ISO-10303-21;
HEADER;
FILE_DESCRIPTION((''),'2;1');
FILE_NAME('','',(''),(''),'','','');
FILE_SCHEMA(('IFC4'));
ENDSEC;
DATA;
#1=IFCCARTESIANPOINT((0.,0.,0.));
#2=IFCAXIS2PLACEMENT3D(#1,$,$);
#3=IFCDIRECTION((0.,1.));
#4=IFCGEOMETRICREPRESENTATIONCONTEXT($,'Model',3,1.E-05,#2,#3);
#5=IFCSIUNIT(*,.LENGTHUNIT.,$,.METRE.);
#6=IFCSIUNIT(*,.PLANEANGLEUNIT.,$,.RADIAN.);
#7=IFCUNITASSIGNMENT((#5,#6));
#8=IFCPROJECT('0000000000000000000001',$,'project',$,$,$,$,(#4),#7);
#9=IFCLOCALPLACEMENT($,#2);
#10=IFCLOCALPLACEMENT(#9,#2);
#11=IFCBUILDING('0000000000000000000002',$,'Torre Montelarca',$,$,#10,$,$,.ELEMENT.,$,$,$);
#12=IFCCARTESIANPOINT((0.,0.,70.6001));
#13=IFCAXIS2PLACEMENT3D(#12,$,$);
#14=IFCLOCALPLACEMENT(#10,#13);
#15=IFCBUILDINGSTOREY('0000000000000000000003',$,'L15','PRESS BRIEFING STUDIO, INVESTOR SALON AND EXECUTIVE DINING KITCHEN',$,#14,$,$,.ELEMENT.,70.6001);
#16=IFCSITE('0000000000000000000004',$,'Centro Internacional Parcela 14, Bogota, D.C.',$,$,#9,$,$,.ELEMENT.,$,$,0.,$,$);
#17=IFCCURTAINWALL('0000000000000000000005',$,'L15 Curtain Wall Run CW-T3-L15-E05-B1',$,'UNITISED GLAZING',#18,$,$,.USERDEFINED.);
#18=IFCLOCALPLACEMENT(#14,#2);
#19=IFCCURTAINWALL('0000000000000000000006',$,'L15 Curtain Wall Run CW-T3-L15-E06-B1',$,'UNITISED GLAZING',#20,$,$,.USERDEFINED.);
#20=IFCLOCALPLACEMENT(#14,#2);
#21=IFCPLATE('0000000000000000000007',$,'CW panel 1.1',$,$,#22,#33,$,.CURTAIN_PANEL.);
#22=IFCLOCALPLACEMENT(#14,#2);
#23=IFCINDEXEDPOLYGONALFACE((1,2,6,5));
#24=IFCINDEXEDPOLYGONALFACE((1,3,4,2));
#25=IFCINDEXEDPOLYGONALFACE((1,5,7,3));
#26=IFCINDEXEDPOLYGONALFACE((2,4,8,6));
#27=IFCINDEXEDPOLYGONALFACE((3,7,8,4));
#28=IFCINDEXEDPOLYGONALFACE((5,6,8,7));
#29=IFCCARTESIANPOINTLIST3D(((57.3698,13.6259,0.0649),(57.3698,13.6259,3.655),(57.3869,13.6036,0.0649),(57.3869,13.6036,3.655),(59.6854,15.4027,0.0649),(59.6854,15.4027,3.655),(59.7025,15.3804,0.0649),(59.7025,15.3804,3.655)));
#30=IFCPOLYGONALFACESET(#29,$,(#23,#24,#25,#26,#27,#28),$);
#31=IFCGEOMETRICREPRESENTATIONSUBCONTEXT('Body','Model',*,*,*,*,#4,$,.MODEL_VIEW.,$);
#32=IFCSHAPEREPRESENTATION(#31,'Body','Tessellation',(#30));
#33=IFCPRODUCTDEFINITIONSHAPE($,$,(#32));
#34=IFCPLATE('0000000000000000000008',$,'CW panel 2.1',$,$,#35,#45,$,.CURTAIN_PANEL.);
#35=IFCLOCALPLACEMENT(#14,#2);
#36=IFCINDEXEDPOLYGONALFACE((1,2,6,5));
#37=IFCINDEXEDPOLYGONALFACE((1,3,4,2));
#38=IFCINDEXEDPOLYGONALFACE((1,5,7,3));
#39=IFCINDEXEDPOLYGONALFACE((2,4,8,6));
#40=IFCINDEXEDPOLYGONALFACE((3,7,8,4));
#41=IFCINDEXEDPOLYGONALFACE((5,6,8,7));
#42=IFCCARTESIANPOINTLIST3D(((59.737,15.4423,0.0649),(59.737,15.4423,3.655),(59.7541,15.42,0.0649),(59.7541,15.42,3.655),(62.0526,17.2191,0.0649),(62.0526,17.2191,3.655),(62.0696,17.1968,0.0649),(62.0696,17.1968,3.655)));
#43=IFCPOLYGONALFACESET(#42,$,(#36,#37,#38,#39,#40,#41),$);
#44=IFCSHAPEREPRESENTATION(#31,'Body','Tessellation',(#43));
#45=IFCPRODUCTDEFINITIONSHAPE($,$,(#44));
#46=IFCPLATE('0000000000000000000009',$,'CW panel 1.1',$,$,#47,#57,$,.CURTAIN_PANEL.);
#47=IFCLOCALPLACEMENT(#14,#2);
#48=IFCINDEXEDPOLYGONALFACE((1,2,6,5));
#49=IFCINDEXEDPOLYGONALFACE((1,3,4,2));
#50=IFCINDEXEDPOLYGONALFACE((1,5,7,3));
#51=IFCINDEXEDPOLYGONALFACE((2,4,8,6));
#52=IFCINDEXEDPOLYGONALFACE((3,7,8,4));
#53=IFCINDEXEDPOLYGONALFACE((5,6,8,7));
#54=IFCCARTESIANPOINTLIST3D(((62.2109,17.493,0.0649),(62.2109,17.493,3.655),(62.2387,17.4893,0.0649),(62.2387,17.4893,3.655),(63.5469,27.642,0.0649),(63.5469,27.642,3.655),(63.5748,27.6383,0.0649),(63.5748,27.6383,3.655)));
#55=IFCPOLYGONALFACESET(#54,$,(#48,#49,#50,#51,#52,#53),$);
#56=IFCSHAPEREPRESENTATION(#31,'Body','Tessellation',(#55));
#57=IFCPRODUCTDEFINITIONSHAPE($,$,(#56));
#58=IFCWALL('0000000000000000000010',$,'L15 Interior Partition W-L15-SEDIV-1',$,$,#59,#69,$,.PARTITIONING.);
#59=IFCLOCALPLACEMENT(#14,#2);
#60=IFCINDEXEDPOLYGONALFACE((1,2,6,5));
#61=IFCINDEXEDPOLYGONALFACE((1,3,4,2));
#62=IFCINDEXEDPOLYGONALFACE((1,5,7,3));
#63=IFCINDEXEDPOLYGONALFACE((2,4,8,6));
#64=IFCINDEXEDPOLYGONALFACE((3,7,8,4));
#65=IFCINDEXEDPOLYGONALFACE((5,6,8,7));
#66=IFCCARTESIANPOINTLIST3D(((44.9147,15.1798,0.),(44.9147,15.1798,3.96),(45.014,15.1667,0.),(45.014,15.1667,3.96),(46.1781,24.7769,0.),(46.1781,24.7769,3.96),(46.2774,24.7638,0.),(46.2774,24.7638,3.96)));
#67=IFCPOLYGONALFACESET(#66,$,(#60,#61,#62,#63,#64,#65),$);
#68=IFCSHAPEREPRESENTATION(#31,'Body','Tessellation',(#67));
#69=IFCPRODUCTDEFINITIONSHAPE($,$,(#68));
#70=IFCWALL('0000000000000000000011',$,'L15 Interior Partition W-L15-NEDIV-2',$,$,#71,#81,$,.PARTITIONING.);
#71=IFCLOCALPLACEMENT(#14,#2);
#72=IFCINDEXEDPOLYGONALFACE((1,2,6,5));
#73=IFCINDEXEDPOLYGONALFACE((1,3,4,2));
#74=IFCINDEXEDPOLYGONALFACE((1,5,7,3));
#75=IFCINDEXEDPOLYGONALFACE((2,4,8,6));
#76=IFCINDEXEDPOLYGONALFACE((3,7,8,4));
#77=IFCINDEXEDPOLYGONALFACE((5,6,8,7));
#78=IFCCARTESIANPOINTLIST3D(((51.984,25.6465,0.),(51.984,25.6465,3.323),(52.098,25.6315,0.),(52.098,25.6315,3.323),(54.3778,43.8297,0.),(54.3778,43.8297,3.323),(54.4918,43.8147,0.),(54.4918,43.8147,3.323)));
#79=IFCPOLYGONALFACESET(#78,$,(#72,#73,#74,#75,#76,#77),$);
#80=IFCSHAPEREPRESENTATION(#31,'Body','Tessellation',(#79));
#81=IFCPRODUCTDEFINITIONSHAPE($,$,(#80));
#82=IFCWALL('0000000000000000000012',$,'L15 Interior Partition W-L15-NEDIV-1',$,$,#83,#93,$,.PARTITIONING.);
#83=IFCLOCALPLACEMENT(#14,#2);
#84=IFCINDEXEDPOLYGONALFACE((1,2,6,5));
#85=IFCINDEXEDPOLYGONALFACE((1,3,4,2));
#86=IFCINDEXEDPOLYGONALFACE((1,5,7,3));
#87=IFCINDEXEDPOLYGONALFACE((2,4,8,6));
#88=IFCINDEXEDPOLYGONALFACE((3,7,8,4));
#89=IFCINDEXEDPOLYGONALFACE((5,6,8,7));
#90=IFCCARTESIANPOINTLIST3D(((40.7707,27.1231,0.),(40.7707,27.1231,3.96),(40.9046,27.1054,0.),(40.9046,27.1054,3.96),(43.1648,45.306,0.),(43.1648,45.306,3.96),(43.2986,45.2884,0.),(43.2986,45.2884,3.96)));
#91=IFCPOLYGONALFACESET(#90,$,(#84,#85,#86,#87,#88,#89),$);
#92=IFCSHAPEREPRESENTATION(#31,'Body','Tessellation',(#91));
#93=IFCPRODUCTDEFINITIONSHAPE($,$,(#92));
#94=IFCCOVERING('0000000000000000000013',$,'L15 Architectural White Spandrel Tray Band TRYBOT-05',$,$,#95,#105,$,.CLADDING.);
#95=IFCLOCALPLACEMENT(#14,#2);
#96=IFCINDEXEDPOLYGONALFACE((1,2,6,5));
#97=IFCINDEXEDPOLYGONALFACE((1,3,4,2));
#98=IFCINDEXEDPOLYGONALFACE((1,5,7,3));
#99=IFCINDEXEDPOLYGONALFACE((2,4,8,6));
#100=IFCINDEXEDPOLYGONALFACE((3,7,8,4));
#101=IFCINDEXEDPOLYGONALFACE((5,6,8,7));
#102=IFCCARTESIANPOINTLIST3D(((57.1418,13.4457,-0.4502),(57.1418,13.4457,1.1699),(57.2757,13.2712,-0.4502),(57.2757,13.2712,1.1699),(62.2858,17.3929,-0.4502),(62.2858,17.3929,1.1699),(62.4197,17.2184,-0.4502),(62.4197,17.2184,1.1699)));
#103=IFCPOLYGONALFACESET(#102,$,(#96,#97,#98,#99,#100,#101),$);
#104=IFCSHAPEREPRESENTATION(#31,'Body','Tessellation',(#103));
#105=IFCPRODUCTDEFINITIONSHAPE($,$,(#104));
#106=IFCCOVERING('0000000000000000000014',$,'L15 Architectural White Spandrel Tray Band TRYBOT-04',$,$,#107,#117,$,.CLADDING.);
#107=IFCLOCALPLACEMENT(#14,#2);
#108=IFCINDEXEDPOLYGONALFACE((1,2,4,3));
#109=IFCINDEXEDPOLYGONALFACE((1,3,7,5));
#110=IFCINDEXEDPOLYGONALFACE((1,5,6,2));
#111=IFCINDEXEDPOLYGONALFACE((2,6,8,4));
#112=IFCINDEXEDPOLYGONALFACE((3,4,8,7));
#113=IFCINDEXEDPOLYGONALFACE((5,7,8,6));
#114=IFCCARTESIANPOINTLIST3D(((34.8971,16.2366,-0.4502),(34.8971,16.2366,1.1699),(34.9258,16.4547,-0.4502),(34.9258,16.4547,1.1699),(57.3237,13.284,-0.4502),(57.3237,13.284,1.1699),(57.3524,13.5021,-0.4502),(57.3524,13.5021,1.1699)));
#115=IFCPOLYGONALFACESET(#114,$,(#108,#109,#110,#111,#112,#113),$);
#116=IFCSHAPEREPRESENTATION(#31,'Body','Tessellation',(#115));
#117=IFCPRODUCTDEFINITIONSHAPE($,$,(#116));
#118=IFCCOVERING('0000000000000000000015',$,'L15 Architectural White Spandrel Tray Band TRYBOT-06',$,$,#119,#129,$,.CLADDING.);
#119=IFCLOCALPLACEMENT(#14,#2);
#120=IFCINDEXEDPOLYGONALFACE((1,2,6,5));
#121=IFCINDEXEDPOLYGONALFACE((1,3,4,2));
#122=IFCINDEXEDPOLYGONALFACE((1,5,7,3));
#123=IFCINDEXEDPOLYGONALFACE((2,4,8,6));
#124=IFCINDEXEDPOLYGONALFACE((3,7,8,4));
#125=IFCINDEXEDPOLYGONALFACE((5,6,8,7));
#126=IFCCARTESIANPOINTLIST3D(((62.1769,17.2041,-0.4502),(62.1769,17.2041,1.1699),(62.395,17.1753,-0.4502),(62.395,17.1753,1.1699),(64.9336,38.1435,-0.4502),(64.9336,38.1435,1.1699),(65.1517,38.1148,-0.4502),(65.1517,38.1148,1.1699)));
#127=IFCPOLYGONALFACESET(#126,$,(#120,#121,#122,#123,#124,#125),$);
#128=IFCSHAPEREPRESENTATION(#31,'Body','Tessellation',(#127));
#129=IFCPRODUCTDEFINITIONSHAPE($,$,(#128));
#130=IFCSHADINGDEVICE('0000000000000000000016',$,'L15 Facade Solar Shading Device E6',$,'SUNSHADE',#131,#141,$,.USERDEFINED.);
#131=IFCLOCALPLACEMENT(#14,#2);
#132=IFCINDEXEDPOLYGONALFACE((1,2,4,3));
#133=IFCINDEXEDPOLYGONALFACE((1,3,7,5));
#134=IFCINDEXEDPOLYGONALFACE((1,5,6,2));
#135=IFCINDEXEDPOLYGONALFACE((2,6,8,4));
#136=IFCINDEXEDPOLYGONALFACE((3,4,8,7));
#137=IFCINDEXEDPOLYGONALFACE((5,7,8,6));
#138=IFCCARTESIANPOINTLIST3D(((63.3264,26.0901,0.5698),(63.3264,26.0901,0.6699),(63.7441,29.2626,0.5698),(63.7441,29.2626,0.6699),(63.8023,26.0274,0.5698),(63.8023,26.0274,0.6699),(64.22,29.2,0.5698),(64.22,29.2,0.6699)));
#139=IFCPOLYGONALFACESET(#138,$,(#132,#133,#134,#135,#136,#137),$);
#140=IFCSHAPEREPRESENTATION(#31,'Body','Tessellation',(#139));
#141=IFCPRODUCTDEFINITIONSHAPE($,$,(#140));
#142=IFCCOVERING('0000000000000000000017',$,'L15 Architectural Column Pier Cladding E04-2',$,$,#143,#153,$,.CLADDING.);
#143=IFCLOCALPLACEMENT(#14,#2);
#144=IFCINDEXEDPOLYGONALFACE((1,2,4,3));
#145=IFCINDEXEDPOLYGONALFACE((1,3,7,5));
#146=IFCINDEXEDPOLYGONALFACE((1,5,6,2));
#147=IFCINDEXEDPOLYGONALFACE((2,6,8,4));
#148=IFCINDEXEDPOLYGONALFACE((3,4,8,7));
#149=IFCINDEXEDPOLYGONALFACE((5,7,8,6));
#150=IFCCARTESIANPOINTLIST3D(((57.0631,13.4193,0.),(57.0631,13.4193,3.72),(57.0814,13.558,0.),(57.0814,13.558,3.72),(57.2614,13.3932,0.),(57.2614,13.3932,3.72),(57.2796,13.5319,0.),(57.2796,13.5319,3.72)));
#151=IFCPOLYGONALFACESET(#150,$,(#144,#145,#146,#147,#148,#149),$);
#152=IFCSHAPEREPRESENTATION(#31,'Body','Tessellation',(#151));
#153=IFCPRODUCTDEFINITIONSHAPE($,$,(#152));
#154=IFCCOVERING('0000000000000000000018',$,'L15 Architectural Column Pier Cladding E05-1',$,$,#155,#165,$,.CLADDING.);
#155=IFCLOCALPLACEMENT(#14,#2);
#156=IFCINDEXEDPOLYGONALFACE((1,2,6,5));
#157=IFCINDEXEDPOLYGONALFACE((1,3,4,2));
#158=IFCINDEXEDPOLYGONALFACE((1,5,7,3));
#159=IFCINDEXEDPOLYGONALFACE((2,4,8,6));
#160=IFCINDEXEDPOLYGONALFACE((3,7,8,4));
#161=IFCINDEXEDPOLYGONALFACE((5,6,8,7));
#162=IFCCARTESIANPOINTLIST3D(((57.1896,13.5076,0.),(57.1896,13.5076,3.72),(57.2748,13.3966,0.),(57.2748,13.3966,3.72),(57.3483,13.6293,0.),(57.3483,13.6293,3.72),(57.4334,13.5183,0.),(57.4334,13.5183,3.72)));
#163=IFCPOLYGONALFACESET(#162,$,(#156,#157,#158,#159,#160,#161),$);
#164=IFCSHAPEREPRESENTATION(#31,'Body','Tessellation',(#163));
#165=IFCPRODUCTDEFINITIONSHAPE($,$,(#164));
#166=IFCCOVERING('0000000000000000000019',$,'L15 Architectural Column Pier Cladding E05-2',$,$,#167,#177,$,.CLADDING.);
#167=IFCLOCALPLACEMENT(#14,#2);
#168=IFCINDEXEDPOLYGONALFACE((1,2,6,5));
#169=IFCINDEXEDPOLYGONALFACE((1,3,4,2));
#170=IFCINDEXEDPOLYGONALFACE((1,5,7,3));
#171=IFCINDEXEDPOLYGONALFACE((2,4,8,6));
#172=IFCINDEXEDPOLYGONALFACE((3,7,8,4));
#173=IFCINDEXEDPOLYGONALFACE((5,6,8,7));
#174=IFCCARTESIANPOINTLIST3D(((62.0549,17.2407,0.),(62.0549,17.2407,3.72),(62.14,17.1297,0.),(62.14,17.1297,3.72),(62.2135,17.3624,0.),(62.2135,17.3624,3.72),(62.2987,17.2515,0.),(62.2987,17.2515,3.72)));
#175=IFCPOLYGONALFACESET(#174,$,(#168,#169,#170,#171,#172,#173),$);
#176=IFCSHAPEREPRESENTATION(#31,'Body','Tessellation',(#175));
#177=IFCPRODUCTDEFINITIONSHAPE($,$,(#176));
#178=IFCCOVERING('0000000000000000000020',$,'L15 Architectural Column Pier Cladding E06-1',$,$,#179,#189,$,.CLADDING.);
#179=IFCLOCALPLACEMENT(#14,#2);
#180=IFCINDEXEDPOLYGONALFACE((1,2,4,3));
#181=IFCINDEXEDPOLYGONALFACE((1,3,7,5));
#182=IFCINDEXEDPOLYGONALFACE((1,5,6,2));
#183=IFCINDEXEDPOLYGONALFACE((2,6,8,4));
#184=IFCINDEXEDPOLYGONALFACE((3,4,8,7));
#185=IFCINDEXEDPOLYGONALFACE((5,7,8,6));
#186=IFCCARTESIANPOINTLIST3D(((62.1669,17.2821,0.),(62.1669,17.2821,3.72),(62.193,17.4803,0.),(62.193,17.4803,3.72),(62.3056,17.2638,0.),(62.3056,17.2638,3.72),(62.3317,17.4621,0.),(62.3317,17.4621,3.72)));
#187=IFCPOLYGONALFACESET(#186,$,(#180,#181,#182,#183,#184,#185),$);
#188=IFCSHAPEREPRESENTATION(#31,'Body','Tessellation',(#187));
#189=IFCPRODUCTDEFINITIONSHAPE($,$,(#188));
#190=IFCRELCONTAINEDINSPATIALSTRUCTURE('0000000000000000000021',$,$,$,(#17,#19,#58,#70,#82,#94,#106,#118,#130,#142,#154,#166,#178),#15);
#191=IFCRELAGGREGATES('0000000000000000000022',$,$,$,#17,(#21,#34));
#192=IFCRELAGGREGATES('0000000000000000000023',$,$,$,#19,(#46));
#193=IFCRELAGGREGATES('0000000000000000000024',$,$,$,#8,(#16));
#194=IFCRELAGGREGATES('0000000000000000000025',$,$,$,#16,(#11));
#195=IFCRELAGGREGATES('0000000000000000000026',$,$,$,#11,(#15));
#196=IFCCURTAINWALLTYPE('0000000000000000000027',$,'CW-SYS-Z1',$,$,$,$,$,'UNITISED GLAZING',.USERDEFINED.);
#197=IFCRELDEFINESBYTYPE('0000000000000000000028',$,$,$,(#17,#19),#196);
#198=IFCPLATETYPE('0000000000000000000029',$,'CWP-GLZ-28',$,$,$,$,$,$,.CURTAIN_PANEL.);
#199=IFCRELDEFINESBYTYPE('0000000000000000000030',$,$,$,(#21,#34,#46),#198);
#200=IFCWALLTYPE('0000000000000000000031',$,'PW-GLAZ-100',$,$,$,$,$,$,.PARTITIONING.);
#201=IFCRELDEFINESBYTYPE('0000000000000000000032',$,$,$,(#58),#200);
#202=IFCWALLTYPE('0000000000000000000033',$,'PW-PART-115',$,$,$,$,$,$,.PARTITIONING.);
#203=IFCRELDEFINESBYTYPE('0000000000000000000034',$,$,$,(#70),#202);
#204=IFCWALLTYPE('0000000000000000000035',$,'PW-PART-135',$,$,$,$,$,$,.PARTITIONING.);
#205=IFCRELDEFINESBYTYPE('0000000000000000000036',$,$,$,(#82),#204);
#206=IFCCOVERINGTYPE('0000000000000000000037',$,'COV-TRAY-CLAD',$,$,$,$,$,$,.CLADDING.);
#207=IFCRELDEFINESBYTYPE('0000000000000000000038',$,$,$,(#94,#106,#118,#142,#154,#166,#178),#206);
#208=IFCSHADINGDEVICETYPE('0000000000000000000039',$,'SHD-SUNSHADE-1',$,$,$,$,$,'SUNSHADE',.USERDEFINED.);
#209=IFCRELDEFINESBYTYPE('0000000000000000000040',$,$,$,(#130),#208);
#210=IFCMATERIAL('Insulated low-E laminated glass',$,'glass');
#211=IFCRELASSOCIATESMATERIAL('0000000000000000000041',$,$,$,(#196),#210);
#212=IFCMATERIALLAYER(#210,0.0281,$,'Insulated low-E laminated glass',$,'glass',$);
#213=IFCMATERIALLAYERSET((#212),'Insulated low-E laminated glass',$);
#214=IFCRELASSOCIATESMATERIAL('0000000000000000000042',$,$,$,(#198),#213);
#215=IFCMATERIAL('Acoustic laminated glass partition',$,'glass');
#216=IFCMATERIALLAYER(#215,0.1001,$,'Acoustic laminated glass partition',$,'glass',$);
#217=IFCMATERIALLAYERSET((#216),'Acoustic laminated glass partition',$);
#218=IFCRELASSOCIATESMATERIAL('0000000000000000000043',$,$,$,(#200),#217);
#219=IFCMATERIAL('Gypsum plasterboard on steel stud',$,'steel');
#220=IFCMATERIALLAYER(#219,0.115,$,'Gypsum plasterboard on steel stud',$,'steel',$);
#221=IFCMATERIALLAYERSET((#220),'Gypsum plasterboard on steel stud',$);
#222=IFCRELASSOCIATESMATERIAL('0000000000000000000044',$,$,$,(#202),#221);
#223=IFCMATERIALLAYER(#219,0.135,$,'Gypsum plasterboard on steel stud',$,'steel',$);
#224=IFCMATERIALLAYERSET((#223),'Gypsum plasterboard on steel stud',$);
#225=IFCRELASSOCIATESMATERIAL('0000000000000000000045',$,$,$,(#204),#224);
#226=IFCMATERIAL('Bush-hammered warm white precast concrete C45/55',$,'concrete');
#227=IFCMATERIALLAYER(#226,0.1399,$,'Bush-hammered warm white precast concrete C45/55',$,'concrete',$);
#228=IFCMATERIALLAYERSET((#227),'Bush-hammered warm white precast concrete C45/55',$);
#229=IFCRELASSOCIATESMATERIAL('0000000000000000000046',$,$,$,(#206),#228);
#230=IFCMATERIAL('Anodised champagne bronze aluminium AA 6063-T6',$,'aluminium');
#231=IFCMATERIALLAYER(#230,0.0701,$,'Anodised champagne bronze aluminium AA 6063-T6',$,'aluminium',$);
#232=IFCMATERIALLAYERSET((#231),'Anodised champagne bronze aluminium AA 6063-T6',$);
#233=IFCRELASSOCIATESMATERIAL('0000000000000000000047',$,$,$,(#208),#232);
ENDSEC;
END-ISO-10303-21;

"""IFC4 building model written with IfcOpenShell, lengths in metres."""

from ifc_helpers import new_model, si_unit, direction, frame, frame_2d, origin, origin_2d, place, context, subcontext, project, spatial, rectangle, extrude, source, transform, mapped, material, layer, layer_set, type_object, element, aggregate, save


model = new_model("IFC4")

# Units and contexts
model_context = context("Model", 3, precision=1e-05, world=origin(), true_north=direction((0.0, 1.0)))
body_context = subcontext(model_context, "Body", "Model", "MODEL_VIEW")
ifc_project = project(units=[si_unit("LENGTHUNIT", "METRE"), si_unit("PLANEANGLEUNIT", "RADIAN")], contexts=[model_context])

# Site, building, storey
site_placement = place(None, origin())
site = spatial("IfcSite", under=ifc_project, at=site_placement, Name="Centro Internacional Parcela 14, Bogota, D.C.", CompositionType="ELEMENT", RefElevation=0.0)
building_placement = place(site_placement, origin())
building = spatial("IfcBuilding", under=site, at=building_placement, Name="Torre Montelarca", CompositionType="ELEMENT")
storey_placement = place(building_placement, frame((0.0, 0.0, 70.6001)))
storey = spatial("IfcBuildingStorey", under=building, at=storey_placement, Name="L15", Description="PRESS BRIEFING STUDIO, INVESTOR SALON AND EXECUTIVE DINING KITCHEN", CompositionType="ELEMENT", Elevation=70.6001)

# Curtain walls
ifc_material_1 = material(Name="Insulated low-E laminated glass", Category="glass")
curtain_wall_type = type_object("IfcCurtainWallType", Name="CW-SYS-Z1", ElementType="UNITISED GLAZING", PredefinedType="USERDEFINED", material=ifc_material_1)
curtain_wall_1_placement = place(storey_placement, origin())
curtain_wall_1 = element("IfcCurtainWall", 1, at=curtain_wall_1_placement, inside=storey, type_object=curtain_wall_type, Name="L15 Curtain Wall Run CW-T3-L15-E05-B1", ObjectType="UNITISED GLAZING", PredefinedType="USERDEFINED")
curtain_wall_2_placement = place(storey_placement, origin())
curtain_wall_2 = element("IfcCurtainWall", 2, at=curtain_wall_2_placement, inside=storey, type_object=curtain_wall_type, Name="L15 Curtain Wall Run CW-T3-L15-E06-B1", ObjectType="UNITISED GLAZING", PredefinedType="USERDEFINED")

# Plates
ifc_layer_1 = layer(ifc_material_1, 0.0281, Name="Insulated low-E laminated glass", Category="glass")
ifc_layer_set_1 = layer_set([ifc_layer_1], Name="Insulated low-E laminated glass")
plate_type_1 = type_object("IfcPlateType", Name="CWP-GLZ-28", PredefinedType="CURTAIN_PANEL", material=ifc_layer_set_1)
shared_shape_1 = source(origin(), body_context, "Body", "SweptSolid", [
    extrude(rectangle(XDim=2.9187, YDim=0.0281, at=origin_2d()), origin(), (0.0, 0.0, 1.0), 3.5901),
])
plate_1_placement = place(storey_placement, frame((58.5361, 14.5032, 0.0649), z_axis=(0.0, 0.0, 1.0), x_axis=(0.793351, 0.608764, 0.0)))
plate_1 = element("IfcPlate", 3, at=plate_1_placement, type_object=plate_type_1, Name="CW panel 1.1", PredefinedType="CURTAIN_PANEL", context=body_context, shape_type="MappedRepresentation", body=[
    mapped(shared_shape_1, transform((0.0, 0.0, 0.0), scale=1.0)),
])
plate_2_placement = place(storey_placement, frame((60.9033, 16.3196, 0.0649), z_axis=(0.0, 0.0, 1.0), x_axis=(0.793351, 0.608764, 0.0)))
plate_2 = element("IfcPlate", 4, at=plate_2_placement, type_object=plate_type_1, Name="CW panel 2.1", PredefinedType="CURTAIN_PANEL", context=body_context, shape_type="MappedRepresentation", body=[
    mapped(shared_shape_1, transform((0.0, 0.0, 0.0), scale=1.0)),
])
aggregate(curtain_wall_1, [plate_1, plate_2])
shared_shape_2 = source(origin(), body_context, "Body", "SweptSolid", [
    extrude(rectangle(XDim=10.2366, YDim=0.0281, at=origin_2d()), origin(), (0.0, 0.0, 1.0), 3.5901),
])
plate_3_placement = place(storey_placement, frame((62.8928, 22.5657, 0.0649), z_axis=(0.0, 0.0, 1.0), x_axis=(0.130519, 0.991446, 0.0)))
plate_3 = element("IfcPlate", 5, at=plate_3_placement, type_object=plate_type_1, Name="CW panel 1.1", PredefinedType="CURTAIN_PANEL", context=body_context, shape_type="MappedRepresentation", body=[
    mapped(shared_shape_2, transform((0.0, 0.0, 0.0), scale=1.0)),
])
aggregate(curtain_wall_2, [plate_3])

# Walls
ifc_material_2 = material(Name="Acoustic laminated glass partition", Category="glass")
ifc_layer_2 = layer(ifc_material_2, 0.1001, Name="Acoustic laminated glass partition", Category="glass")
ifc_layer_set_2 = layer_set([ifc_layer_2], Name="Acoustic laminated glass partition")
wall_type_1 = type_object("IfcWallType", Name="PW-GLAZ-100", PredefinedType="PARTITIONING", material=ifc_layer_set_2)
wall_1_placement = place(storey_placement, frame((44.9644, 15.1733, 0.0), z_axis=(0.0, 0.0, 1.0), x_axis=(0.13052, 0.991446, 0.0)))
element("IfcWall", 6, at=wall_1_placement, inside=storey, type_object=wall_type_1, Name="L15 Interior Partition W-L15-SEDIV-1", PredefinedType="PARTITIONING", context=body_context, shape_type="SweptSolid", body=[
    extrude(rectangle(XDim=9.6799, YDim=0.1001, at=frame_2d((4.8398, 0.0))), origin(), (0.0, 0.0, 1.0), 3.96),
])
ifc_material_3 = material(Name="Gypsum plasterboard on steel stud", Category="steel")
ifc_layer_3 = layer(ifc_material_3, 0.115, Name="Gypsum plasterboard on steel stud", Category="steel")
ifc_layer_set_3 = layer_set([ifc_layer_3], Name="Gypsum plasterboard on steel stud")
wall_type_2 = type_object("IfcWallType", Name="PW-PART-115", PredefinedType="PARTITIONING", material=ifc_layer_set_3)
wall_2_placement = place(storey_placement, frame((52.041, 25.6392, 0.0), z_axis=(0.0, 0.0, 1.0), x_axis=(0.130523, 0.991445, 0.0)))
element("IfcWall", 7, at=wall_2_placement, inside=storey, type_object=wall_type_2, Name="L15 Interior Partition W-L15-NEDIV-2", PredefinedType="PARTITIONING", context=body_context, shape_type="SweptSolid", body=[
    extrude(rectangle(XDim=18.3401, YDim=0.115, at=frame_2d((9.1699, 0.0))), origin(), (0.0, 0.0, 1.0), 3.323),
])
ifc_layer_4 = layer(ifc_material_3, 0.135, Name="Gypsum plasterboard on steel stud", Category="steel")
ifc_layer_set_4 = layer_set([ifc_layer_4], Name="Gypsum plasterboard on steel stud")
wall_type_3 = type_object("IfcWallType", Name="PW-PART-135", PredefinedType="PARTITIONING", material=ifc_layer_set_4)
wall_3_placement = place(storey_placement, frame((40.8376, 27.1143, 0.0), z_axis=(0.0, 0.0, 1.0), x_axis=(0.130538, 0.991443, 0.0)))
element("IfcWall", 8, at=wall_3_placement, inside=storey, type_object=wall_type_3, Name="L15 Interior Partition W-L15-NEDIV-1", PredefinedType="PARTITIONING", context=body_context, shape_type="SweptSolid", body=[
    extrude(rectangle(XDim=18.3398, YDim=0.135, at=frame_2d((9.1699, 0.0))), origin(), (0.0, 0.0, 1.0), 3.96),
])

# Coverings
ifc_material_4 = material(Name="Bush-hammered warm white precast concrete C45/55", Category="concrete")
ifc_layer_5 = layer(ifc_material_4, 0.1399, Name="Bush-hammered warm white precast concrete C45/55", Category="concrete")
ifc_layer_set_5 = layer_set([ifc_layer_5], Name="Bush-hammered warm white precast concrete C45/55")
covering_type = type_object("IfcCoveringType", Name="COV-TRAY-CLAD", PredefinedType="CLADDING", material=ifc_layer_set_5)
shared_shape_3 = source(origin(), body_context, "Body", "SweptSolid", [
    extrude(rectangle(XDim=6.4839, YDim=0.22, at=origin_2d()), origin(), (0.0, 0.0, 1.0), 1.6201),
])
covering_1_placement = place(storey_placement, frame((59.7808, 15.332, -0.4502), z_axis=(0.0, 0.0, 1.0), x_axis=(0.79335, 0.608766, 0.0)))
element("IfcCovering", 9, at=covering_1_placement, inside=storey, type_object=covering_type, Name="L15 Architectural White Spandrel Tray Band TRYBOT-05", PredefinedType="CLADDING", context=body_context, shape_type="MappedRepresentation", body=[
    mapped(shared_shape_3, transform((0.0, 0.0, 0.0), scale=1.0)),
])
shared_shape_4 = source(origin(), body_context, "Body", "SweptSolid", [
    extrude(rectangle(XDim=22.6201, YDim=0.22, at=origin_2d()), origin(), (0.0, 0.0, 1.0), 1.6201),
])
covering_2_placement = place(storey_placement, frame((46.1248, 14.8694, -0.4502), z_axis=(0.0, 0.0, 1.0), x_axis=(0.991444, -0.13053, 0.0)))
element("IfcCovering", 10, at=covering_2_placement, inside=storey, type_object=covering_type, Name="L15 Architectural White Spandrel Tray Band TRYBOT-04", PredefinedType="CLADDING", context=body_context, shape_type="MappedRepresentation", body=[
    mapped(shared_shape_4, transform((0.0, 0.0, 0.0), scale=1.0)),
])
shared_shape_5 = source(origin(), body_context, "Body", "SweptSolid", [
    extrude(rectangle(XDim=21.1201, YDim=0.22, at=origin_2d()), origin(), (0.0, 0.0, 1.0), 1.6201),
])
covering_3_placement = place(storey_placement, frame((63.6643, 27.6594, -0.4502), z_axis=(0.0, 0.0, 1.0), x_axis=(0.130524, 0.991445, 0.0)))
element("IfcCovering", 11, at=covering_3_placement, inside=storey, type_object=covering_type, Name="L15 Architectural White Spandrel Tray Band TRYBOT-06", PredefinedType="CLADDING", context=body_context, shape_type="MappedRepresentation", body=[
    mapped(shared_shape_5, transform((0.0, 0.0, 0.0), scale=1.0)),
])

# Shading device
ifc_material_5 = material(Name="Anodised champagne bronze aluminium AA 6063-T6", Category="aluminium")
ifc_layer_6 = layer(ifc_material_5, 0.0701, Name="Anodised champagne bronze aluminium AA 6063-T6", Category="aluminium")
ifc_layer_set_6 = layer_set([ifc_layer_6], Name="Anodised champagne bronze aluminium AA 6063-T6")
shading_device_type = type_object("IfcShadingDeviceType", Name="SHD-SUNSHADE-1", ElementType="SUNSHADE", PredefinedType="USERDEFINED", material=ifc_layer_set_6)
shared_shape_6 = source(origin(), body_context, "Body", "SweptSolid", [
    extrude(rectangle(XDim=3.2, YDim=0.48, at=origin_2d()), origin(), (0.0, 0.0, 1.0), 0.1001),
])
shading_device_placement = place(storey_placement, frame((63.7732, 27.645, 0.5698), z_axis=(0.0, 0.0, 1.0), x_axis=(0.130524, 0.991445, 0.0)))
element("IfcShadingDevice", 12, at=shading_device_placement, inside=storey, type_object=shading_device_type, Name="L15 Facade Solar Shading Device E6", ObjectType="SUNSHADE", PredefinedType="USERDEFINED", context=body_context, shape_type="MappedRepresentation", body=[
    mapped(shared_shape_6, transform((0.0, 0.0, 0.0), scale=1.0)),
])

# Coverings
shared_shape_7 = source(origin(), body_context, "Body", "SweptSolid", [
    extrude(rectangle(XDim=0.2, YDim=0.1399, at=origin_2d()), origin(), (0.0, 0.0, 1.0), 3.72),
])
for number, where, z_axis, x_axis, name in (
    (13, (57.1714, 13.4756, 0.0), (0.0, 0.0, 1.0), (0.991445, -0.130526, 0.0), "L15 Architectural Column Pier Cladding E04-2"),
    (14, (57.3115, 13.5129, 0.0), (0.0, 0.0, 1.0), (0.793344, 0.608774, 0.0), "L15 Architectural Column Pier Cladding E05-1"),
    (15, (62.1768, 17.2461, 0.0), (0.0, 0.0, 1.0), (0.793344, 0.608774, 0.0), "L15 Architectural Column Pier Cladding E05-2"),
    (16, (62.2493, 17.3721, 0.0), (0.0, 0.0, 1.0), (0.130524, 0.991445, 0.0), "L15 Architectural Column Pier Cladding E06-1"),
):
    element("IfcCovering", number, at=place(storey_placement, frame(where, z_axis=z_axis, x_axis=x_axis)), inside=storey, type_object=covering_type, Name=name, PredefinedType="CLADDING", context=body_context, shape_type="MappedRepresentation", body=[
        mapped(shared_shape_7, transform((0.0, 0.0, 0.0), scale=1.0)),
    ])

save(model, "model.ifc")
